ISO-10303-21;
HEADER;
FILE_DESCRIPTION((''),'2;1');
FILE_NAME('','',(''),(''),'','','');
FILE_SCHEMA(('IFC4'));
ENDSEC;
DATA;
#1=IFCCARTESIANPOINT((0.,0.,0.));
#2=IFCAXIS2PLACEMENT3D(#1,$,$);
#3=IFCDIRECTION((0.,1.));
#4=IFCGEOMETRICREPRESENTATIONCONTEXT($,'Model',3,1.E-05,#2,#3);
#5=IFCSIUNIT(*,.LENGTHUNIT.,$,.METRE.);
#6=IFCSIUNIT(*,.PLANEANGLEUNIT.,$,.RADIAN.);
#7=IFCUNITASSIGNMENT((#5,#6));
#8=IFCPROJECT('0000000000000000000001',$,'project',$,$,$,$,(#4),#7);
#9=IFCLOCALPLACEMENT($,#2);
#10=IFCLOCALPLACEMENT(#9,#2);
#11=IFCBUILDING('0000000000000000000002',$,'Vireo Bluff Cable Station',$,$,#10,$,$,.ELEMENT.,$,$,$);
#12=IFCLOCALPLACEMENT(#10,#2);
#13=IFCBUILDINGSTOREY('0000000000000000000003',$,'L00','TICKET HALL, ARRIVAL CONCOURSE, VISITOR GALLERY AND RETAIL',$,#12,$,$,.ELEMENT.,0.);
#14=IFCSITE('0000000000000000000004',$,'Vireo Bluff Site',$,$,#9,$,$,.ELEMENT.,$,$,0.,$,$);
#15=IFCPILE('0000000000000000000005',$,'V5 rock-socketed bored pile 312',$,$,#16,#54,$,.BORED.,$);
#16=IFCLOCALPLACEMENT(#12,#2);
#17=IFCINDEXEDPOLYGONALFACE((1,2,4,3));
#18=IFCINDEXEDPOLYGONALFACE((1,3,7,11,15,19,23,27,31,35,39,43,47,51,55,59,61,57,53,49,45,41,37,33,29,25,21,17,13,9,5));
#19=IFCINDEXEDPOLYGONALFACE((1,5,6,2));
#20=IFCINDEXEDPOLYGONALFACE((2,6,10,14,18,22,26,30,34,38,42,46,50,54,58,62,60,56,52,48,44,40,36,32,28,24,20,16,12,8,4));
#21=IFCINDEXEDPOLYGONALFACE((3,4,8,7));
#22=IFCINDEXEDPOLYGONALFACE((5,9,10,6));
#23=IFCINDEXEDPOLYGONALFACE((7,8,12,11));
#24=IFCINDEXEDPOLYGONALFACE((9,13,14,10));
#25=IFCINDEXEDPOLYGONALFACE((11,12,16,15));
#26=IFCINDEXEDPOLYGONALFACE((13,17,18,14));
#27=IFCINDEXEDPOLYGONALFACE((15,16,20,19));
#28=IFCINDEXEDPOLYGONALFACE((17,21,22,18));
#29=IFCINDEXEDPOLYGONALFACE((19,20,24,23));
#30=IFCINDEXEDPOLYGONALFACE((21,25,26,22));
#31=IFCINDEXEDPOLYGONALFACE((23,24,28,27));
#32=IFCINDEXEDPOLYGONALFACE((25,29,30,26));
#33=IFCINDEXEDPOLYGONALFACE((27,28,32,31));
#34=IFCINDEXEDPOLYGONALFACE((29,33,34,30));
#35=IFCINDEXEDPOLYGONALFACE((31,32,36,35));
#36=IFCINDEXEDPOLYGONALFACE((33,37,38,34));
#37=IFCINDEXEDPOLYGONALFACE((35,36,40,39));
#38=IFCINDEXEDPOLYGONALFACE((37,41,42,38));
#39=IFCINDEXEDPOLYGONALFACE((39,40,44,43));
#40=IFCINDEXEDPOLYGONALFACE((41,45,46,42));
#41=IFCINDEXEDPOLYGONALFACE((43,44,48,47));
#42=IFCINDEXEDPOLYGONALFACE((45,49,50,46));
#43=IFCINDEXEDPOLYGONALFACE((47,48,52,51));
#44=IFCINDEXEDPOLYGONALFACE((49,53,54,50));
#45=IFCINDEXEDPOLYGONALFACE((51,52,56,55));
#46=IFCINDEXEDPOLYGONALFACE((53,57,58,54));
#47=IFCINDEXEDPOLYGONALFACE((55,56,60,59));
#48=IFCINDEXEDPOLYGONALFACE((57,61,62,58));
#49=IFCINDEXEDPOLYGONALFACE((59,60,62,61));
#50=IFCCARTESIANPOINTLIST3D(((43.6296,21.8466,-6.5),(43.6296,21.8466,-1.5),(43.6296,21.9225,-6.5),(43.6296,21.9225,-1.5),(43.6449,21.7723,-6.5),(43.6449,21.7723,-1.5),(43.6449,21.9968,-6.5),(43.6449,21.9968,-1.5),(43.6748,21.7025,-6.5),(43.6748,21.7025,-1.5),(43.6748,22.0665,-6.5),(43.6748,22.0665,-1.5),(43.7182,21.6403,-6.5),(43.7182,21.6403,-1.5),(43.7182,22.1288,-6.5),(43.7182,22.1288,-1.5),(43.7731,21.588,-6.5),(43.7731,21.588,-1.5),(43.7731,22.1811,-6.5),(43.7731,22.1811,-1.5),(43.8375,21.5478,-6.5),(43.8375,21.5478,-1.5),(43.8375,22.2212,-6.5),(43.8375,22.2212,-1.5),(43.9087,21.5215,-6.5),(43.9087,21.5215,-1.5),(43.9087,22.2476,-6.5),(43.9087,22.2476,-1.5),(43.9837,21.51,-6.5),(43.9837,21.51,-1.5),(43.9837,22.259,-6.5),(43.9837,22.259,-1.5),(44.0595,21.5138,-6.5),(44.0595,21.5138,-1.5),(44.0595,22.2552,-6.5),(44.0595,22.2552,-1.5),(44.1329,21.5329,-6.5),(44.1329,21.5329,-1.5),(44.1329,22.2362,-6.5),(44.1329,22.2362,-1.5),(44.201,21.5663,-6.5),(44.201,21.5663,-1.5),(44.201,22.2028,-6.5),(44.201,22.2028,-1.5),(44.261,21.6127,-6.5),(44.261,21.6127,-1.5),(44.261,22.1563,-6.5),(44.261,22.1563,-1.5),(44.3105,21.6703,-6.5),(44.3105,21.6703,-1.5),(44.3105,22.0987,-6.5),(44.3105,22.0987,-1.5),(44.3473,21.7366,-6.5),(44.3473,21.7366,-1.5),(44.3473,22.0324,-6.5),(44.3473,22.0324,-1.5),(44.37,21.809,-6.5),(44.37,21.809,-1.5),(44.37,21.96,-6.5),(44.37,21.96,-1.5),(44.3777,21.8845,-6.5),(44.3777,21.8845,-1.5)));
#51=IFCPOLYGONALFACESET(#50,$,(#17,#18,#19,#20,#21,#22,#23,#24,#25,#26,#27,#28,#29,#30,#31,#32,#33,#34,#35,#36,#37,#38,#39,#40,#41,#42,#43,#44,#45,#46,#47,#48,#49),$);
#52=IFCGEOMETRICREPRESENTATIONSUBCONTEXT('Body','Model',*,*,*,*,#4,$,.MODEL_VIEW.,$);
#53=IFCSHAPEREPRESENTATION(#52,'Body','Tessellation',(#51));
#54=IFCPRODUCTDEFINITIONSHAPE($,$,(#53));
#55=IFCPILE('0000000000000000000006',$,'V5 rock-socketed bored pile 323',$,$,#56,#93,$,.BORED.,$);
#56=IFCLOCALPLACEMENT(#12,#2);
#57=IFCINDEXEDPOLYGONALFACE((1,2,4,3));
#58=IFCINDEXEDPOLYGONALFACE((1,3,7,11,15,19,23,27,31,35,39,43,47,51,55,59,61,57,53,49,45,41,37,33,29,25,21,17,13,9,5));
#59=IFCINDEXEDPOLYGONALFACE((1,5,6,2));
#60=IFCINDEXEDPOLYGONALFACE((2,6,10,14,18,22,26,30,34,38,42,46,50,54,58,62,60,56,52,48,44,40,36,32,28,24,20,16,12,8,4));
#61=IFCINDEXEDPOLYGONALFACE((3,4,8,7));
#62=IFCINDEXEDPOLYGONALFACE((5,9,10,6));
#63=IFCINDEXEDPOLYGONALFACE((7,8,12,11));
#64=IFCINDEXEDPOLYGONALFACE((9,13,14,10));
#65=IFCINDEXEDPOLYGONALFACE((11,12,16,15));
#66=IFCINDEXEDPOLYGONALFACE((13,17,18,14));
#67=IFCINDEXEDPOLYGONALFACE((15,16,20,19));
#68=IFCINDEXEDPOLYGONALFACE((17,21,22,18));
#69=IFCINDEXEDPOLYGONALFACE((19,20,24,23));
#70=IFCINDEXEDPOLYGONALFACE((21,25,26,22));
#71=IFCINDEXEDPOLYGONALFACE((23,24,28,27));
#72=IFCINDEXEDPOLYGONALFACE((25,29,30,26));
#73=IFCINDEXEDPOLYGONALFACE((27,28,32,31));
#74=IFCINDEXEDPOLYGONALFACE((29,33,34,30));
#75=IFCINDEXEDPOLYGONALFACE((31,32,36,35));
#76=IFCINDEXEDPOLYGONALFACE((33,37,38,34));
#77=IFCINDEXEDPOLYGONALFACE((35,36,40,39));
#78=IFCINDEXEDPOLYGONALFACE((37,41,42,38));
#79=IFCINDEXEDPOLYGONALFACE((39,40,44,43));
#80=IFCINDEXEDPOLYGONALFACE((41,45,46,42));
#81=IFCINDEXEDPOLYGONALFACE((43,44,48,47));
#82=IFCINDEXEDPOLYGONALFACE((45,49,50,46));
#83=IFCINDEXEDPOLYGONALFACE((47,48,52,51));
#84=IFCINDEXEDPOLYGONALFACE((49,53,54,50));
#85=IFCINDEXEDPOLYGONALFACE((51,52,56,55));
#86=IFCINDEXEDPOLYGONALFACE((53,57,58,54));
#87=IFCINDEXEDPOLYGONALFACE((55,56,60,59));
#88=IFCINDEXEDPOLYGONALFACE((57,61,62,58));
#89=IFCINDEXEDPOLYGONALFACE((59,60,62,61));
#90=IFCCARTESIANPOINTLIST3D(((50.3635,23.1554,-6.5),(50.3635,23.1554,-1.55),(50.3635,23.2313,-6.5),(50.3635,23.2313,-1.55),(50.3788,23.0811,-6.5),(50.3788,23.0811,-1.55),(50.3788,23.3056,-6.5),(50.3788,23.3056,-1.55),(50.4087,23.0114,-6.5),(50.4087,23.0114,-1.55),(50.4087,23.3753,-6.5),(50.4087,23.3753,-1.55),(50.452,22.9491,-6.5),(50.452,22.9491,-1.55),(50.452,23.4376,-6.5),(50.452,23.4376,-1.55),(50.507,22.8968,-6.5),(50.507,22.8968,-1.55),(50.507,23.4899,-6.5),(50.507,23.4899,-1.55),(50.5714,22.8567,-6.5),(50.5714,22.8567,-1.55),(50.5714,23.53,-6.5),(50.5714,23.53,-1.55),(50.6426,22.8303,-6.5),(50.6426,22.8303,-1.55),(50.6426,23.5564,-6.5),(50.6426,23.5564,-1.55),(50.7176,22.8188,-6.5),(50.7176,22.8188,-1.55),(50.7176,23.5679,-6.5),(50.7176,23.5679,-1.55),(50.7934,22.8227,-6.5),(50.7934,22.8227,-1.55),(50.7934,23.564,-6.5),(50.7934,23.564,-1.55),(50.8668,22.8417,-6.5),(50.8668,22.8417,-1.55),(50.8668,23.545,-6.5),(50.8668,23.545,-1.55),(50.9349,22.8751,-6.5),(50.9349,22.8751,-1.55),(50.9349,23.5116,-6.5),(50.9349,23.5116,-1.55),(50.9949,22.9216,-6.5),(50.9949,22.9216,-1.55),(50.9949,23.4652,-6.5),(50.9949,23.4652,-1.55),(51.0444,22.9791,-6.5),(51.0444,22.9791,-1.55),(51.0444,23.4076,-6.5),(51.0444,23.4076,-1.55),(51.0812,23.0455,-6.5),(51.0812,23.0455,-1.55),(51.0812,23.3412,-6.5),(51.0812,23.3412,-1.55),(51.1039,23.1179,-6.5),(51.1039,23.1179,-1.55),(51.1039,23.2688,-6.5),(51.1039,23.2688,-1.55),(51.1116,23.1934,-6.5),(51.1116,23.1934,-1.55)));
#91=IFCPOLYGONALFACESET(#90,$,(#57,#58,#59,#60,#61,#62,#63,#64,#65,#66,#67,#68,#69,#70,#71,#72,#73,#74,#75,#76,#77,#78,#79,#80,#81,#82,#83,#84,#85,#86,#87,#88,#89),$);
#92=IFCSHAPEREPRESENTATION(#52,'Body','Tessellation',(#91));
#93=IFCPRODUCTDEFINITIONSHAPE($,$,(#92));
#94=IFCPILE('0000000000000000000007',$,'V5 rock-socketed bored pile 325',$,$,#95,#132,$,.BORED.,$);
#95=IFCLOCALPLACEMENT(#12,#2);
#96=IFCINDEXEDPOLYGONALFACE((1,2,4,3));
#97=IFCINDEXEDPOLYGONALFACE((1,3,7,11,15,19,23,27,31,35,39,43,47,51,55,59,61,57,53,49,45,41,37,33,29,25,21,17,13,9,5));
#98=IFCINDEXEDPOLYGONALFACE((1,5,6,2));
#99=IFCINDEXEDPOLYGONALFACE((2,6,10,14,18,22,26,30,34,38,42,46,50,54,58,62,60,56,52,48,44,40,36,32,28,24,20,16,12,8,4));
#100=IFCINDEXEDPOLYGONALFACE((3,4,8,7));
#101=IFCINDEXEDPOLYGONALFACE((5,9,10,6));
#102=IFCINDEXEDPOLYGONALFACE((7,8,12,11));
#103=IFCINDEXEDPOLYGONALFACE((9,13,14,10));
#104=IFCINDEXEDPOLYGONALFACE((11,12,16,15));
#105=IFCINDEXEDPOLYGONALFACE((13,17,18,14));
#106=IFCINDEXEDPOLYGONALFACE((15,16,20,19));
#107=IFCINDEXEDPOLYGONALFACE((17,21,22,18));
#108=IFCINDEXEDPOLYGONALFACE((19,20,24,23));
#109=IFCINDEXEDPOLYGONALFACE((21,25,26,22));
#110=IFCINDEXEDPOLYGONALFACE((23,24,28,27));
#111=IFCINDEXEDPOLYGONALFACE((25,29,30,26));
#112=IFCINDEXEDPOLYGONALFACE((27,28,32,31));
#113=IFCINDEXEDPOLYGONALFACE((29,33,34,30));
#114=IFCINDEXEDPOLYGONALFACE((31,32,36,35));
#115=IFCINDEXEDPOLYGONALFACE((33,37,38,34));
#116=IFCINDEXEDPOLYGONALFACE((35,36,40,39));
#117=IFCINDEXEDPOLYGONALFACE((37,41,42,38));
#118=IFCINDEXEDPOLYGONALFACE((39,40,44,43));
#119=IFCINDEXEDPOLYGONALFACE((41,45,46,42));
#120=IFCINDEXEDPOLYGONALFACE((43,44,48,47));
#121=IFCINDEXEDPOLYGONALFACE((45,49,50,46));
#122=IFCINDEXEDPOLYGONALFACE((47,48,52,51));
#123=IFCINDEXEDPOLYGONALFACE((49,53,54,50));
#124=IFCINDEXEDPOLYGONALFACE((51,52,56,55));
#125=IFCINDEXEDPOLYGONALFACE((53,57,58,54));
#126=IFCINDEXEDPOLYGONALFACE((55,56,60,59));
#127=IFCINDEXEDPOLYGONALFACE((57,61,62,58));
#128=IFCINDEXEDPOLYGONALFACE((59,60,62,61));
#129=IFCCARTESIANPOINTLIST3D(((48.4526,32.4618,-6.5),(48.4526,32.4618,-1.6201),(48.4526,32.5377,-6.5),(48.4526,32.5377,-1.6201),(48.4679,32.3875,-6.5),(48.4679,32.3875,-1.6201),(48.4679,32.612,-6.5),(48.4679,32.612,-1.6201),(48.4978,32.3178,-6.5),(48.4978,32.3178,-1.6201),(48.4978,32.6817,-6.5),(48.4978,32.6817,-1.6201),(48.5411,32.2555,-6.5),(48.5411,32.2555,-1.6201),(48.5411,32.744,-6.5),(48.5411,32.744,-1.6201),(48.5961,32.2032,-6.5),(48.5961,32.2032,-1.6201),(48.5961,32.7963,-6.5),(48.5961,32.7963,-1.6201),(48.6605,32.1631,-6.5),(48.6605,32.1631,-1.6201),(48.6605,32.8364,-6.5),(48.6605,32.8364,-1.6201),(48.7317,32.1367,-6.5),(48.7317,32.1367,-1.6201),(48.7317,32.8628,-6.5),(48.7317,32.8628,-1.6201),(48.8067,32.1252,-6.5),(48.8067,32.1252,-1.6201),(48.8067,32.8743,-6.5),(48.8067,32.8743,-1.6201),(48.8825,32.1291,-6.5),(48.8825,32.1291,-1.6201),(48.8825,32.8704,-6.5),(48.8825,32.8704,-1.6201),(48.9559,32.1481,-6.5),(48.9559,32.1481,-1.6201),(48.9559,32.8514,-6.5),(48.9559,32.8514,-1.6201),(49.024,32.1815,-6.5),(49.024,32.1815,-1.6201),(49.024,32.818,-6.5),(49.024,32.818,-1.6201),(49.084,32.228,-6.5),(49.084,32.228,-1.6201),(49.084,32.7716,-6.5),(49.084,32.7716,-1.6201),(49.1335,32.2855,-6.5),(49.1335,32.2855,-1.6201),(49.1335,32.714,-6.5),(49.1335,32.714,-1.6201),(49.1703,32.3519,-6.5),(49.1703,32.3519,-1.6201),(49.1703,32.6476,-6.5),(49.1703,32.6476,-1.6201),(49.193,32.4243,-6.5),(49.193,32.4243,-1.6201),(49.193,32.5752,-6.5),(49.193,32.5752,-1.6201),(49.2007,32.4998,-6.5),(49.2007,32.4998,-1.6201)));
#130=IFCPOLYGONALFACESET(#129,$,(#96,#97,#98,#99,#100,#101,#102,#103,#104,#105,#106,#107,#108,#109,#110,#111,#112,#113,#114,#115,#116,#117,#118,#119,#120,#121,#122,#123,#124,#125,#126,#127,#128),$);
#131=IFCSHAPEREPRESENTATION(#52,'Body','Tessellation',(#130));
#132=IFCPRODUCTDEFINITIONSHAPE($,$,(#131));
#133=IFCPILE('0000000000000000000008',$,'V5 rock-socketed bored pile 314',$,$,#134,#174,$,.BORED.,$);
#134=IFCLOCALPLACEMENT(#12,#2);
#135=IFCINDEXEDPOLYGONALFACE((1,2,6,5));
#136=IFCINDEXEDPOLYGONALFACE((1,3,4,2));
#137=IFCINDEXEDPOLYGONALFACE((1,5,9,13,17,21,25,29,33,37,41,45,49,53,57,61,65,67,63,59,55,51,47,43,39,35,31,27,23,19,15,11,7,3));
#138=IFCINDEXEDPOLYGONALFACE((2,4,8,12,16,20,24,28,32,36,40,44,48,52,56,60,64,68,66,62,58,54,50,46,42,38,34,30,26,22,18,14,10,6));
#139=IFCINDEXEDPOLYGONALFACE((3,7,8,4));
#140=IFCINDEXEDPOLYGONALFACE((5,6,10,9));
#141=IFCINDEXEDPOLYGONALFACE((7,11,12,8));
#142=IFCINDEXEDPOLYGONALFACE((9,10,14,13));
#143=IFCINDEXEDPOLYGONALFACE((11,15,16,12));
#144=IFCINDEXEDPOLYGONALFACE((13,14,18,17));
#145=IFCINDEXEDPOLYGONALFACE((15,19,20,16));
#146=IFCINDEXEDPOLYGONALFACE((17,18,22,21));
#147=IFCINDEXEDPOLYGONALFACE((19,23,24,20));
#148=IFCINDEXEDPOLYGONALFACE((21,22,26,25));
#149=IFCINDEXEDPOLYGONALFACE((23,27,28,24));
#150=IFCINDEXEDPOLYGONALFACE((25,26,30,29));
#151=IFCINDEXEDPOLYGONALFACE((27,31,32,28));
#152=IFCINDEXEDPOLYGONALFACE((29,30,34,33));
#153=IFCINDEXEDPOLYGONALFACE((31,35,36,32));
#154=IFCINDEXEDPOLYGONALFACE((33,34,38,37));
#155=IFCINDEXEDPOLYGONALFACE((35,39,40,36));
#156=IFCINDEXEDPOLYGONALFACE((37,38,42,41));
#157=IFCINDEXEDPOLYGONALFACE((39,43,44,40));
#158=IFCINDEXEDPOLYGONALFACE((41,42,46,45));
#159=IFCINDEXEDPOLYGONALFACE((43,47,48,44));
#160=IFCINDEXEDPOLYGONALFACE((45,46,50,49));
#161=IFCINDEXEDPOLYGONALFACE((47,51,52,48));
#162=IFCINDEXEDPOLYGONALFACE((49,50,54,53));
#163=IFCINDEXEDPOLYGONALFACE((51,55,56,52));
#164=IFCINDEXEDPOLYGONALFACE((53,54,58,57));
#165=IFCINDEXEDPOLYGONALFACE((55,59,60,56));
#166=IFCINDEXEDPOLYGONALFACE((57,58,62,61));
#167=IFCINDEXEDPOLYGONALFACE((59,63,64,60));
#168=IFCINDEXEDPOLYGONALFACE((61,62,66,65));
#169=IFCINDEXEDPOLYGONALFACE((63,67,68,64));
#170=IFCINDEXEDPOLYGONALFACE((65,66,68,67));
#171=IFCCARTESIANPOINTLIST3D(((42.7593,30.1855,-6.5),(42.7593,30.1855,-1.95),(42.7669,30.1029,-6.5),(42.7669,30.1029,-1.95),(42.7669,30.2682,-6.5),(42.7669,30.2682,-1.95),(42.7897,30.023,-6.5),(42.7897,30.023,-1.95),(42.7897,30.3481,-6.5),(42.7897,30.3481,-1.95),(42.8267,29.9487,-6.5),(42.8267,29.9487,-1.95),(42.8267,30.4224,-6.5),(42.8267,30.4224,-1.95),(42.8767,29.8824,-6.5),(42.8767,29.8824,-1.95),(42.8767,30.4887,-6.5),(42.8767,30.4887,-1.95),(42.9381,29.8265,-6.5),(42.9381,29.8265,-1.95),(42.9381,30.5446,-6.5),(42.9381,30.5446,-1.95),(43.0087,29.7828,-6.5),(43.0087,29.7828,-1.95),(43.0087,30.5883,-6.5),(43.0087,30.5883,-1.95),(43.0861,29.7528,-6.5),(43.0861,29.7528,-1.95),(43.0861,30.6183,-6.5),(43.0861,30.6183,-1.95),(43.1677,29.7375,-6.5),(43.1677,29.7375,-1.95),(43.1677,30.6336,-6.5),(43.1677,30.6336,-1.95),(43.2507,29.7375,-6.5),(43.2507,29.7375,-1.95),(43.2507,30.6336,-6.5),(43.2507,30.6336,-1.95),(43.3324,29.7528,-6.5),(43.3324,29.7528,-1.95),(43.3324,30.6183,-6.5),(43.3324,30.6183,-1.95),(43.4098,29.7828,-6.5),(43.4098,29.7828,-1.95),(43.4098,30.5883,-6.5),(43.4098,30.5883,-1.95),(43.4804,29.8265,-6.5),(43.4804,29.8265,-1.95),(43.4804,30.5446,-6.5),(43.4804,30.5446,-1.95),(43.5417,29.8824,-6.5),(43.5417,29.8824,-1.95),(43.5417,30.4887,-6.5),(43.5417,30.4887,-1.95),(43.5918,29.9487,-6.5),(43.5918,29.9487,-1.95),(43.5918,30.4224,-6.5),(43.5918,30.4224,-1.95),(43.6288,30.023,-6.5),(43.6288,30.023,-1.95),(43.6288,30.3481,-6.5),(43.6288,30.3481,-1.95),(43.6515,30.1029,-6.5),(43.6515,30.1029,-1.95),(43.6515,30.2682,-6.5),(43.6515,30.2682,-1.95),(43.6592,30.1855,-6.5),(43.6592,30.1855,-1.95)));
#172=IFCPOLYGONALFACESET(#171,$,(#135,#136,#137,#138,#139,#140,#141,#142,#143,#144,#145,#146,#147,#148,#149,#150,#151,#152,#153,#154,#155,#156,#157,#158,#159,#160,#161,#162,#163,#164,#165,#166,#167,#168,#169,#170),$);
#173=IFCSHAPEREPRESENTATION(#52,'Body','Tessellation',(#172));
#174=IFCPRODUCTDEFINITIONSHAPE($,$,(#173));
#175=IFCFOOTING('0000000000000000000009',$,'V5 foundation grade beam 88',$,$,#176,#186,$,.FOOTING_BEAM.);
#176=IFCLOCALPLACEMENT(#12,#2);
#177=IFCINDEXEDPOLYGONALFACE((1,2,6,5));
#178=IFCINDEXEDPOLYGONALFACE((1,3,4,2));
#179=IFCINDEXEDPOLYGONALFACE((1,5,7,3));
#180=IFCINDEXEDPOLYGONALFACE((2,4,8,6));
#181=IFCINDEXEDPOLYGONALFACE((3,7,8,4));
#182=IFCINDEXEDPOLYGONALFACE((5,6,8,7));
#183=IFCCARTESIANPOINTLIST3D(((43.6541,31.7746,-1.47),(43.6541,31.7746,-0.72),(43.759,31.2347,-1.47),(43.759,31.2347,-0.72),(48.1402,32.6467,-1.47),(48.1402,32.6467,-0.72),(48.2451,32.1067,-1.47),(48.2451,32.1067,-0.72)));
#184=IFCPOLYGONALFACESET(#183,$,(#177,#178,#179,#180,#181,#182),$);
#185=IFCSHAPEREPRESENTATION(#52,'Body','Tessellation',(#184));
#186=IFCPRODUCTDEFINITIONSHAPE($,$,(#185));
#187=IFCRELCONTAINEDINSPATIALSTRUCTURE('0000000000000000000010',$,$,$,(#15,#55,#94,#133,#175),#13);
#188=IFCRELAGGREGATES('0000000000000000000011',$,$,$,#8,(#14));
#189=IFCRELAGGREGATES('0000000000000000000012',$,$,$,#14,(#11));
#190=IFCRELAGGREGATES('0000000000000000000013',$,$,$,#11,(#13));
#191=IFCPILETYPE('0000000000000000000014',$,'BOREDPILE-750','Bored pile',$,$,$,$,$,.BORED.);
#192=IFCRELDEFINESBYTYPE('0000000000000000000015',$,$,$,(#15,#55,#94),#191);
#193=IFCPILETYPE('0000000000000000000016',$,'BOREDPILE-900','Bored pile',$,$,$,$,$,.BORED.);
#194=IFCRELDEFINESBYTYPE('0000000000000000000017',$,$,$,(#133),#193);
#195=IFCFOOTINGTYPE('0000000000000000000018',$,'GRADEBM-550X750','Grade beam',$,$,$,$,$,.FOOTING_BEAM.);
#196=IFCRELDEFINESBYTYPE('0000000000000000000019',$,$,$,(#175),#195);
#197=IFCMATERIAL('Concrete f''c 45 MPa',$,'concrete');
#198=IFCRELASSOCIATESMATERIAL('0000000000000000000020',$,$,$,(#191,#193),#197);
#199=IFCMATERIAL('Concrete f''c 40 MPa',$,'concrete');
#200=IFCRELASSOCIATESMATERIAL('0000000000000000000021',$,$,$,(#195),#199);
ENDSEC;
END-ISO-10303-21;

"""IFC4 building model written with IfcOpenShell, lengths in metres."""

from ifc_helpers import new_model, si_unit, direction, frame, origin, origin_2d, place, context, subcontext, project, spatial, rectangle, circle, extrude, material, material_profile, profile_set, type_object, element, save


model = new_model("IFC4")

# Units and contexts
model_context = context("Model", 3, precision=1e-05, world=origin(), true_north=direction((0.0, 1.0)))
body_context = subcontext(model_context, "Body", "Model", "MODEL_VIEW")
ifc_project = project(units=[si_unit("LENGTHUNIT", "METRE"), si_unit("PLANEANGLEUNIT", "RADIAN")], contexts=[model_context])

# Site, building, storey
site_placement = place(None, origin())
site = spatial("IfcSite", under=ifc_project, at=site_placement, Name="Vireo Bluff Site", CompositionType="ELEMENT", RefElevation=0.0)
building_placement = place(site_placement, origin())
building = spatial("IfcBuilding", under=site, at=building_placement, Name="Vireo Bluff Cable Station", CompositionType="ELEMENT")
storey_placement = place(building_placement, origin())
storey = spatial("IfcBuildingStorey", under=building, at=storey_placement, Name="L00", Description="TICKET HALL, ARRIVAL CONCOURSE, VISITOR GALLERY AND RETAIL", CompositionType="ELEMENT", Elevation=0.0)

# Piles
ifc_material_1 = material(Name="Concrete f'c 45 MPa", Category="concrete")
ifc_material_profile_1 = material_profile(ifc_material_1, circle(Radius=0.375, at=origin_2d()), Name="BOREDPILE-750")
ifc_profile_set_1 = profile_set([ifc_material_profile_1], Name="Concrete f'c 45 MPa")
pile_type_1 = type_object("IfcPileType", Name="BOREDPILE-750", Description="Bored pile", PredefinedType="BORED", material=ifc_profile_set_1)
pile_1_placement = place(storey_placement, frame((44.0027, 21.8845, -1.5), z_axis=(0.0, 0.0, -1.0), x_axis=(1.0, 0.0, 0.0)))
element("IfcPile", 1, at=pile_1_placement, inside=storey, type_object=pile_type_1, Name="V5 rock-socketed bored pile 312", PredefinedType="BORED", context=body_context, shape_type="SweptSolid", body=[
    extrude(circle(Radius=0.375, at=origin_2d()), origin(), (0.0, 0.0, 1.0), 5.0),
])
pile_2_placement = place(storey_placement, frame((50.7366, 23.1934, -1.55), z_axis=(0.0, 0.0, -1.0), x_axis=(1.0, 0.0, 0.0)))
element("IfcPile", 2, at=pile_2_placement, inside=storey, type_object=pile_type_1, Name="V5 rock-socketed bored pile 323", PredefinedType="BORED", context=body_context, shape_type="SweptSolid", body=[
    extrude(circle(Radius=0.375, at=origin_2d()), origin(), (0.0, 0.0, 1.0), 4.95),
])
pile_3_placement = place(storey_placement, frame((48.8257, 32.4998, -1.6201), z_axis=(0.0, 0.0, -1.0), x_axis=(1.0, 0.0, 0.0)))
element("IfcPile", 3, at=pile_3_placement, inside=storey, type_object=pile_type_1, Name="V5 rock-socketed bored pile 325", PredefinedType="BORED", context=body_context, shape_type="SweptSolid", body=[
    extrude(circle(Radius=0.375, at=origin_2d()), origin(), (0.0, 0.0, 1.0), 4.8799),
])
ifc_material_profile_2 = material_profile(ifc_material_1, circle(Radius=0.45, at=origin_2d()), Name="BOREDPILE-900")
ifc_profile_set_2 = profile_set([ifc_material_profile_2], Name="Concrete f'c 45 MPa")
pile_type_2 = type_object("IfcPileType", Name="BOREDPILE-900", Description="Bored pile", PredefinedType="BORED", material=ifc_profile_set_2)
pile_4_placement = place(storey_placement, frame((43.2092, 30.1855, -1.95), z_axis=(0.0, 0.0, -1.0), x_axis=(1.0, 0.0, 0.0)))
element("IfcPile", 4, at=pile_4_placement, inside=storey, type_object=pile_type_2, Name="V5 rock-socketed bored pile 314", PredefinedType="BORED", context=body_context, shape_type="SweptSolid", body=[
    extrude(circle(Radius=0.45, at=origin_2d()), origin(), (0.0, 0.0, 1.0), 4.55),
])

# Footing
ifc_material_2 = material(Name="Concrete f'c 40 MPa", Category="concrete")
ifc_material_profile_3 = material_profile(ifc_material_2, rectangle(XDim=0.55, YDim=0.75, at=origin_2d()), Name="GRADEBM-550X750")
ifc_profile_set_3 = profile_set([ifc_material_profile_3], Name="Concrete f'c 40 MPa")
footing_type_1 = type_object("IfcFootingType", Name="GRADEBM-550X750", Description="Grade beam", PredefinedType="FOOTING_BEAM", material=ifc_profile_set_3)
footing_1_placement = place(storey_placement, frame((43.7065, 31.5046, -1.095), z_axis=(0.981625, 0.190822, 0.0), x_axis=(-0.190822, 0.981625, 0.0)))
element("IfcFooting", 5, at=footing_1_placement, inside=storey, type_object=footing_type_1, Name="V5 foundation grade beam 88", PredefinedType="FOOTING_BEAM", context=body_context, shape_type="SweptSolid", body=[
    extrude(rectangle(XDim=0.55, YDim=0.75, at=origin_2d()), origin(), (0.0, 0.0, 1.0), 4.5701),
])

save(model, "model.ifc")
